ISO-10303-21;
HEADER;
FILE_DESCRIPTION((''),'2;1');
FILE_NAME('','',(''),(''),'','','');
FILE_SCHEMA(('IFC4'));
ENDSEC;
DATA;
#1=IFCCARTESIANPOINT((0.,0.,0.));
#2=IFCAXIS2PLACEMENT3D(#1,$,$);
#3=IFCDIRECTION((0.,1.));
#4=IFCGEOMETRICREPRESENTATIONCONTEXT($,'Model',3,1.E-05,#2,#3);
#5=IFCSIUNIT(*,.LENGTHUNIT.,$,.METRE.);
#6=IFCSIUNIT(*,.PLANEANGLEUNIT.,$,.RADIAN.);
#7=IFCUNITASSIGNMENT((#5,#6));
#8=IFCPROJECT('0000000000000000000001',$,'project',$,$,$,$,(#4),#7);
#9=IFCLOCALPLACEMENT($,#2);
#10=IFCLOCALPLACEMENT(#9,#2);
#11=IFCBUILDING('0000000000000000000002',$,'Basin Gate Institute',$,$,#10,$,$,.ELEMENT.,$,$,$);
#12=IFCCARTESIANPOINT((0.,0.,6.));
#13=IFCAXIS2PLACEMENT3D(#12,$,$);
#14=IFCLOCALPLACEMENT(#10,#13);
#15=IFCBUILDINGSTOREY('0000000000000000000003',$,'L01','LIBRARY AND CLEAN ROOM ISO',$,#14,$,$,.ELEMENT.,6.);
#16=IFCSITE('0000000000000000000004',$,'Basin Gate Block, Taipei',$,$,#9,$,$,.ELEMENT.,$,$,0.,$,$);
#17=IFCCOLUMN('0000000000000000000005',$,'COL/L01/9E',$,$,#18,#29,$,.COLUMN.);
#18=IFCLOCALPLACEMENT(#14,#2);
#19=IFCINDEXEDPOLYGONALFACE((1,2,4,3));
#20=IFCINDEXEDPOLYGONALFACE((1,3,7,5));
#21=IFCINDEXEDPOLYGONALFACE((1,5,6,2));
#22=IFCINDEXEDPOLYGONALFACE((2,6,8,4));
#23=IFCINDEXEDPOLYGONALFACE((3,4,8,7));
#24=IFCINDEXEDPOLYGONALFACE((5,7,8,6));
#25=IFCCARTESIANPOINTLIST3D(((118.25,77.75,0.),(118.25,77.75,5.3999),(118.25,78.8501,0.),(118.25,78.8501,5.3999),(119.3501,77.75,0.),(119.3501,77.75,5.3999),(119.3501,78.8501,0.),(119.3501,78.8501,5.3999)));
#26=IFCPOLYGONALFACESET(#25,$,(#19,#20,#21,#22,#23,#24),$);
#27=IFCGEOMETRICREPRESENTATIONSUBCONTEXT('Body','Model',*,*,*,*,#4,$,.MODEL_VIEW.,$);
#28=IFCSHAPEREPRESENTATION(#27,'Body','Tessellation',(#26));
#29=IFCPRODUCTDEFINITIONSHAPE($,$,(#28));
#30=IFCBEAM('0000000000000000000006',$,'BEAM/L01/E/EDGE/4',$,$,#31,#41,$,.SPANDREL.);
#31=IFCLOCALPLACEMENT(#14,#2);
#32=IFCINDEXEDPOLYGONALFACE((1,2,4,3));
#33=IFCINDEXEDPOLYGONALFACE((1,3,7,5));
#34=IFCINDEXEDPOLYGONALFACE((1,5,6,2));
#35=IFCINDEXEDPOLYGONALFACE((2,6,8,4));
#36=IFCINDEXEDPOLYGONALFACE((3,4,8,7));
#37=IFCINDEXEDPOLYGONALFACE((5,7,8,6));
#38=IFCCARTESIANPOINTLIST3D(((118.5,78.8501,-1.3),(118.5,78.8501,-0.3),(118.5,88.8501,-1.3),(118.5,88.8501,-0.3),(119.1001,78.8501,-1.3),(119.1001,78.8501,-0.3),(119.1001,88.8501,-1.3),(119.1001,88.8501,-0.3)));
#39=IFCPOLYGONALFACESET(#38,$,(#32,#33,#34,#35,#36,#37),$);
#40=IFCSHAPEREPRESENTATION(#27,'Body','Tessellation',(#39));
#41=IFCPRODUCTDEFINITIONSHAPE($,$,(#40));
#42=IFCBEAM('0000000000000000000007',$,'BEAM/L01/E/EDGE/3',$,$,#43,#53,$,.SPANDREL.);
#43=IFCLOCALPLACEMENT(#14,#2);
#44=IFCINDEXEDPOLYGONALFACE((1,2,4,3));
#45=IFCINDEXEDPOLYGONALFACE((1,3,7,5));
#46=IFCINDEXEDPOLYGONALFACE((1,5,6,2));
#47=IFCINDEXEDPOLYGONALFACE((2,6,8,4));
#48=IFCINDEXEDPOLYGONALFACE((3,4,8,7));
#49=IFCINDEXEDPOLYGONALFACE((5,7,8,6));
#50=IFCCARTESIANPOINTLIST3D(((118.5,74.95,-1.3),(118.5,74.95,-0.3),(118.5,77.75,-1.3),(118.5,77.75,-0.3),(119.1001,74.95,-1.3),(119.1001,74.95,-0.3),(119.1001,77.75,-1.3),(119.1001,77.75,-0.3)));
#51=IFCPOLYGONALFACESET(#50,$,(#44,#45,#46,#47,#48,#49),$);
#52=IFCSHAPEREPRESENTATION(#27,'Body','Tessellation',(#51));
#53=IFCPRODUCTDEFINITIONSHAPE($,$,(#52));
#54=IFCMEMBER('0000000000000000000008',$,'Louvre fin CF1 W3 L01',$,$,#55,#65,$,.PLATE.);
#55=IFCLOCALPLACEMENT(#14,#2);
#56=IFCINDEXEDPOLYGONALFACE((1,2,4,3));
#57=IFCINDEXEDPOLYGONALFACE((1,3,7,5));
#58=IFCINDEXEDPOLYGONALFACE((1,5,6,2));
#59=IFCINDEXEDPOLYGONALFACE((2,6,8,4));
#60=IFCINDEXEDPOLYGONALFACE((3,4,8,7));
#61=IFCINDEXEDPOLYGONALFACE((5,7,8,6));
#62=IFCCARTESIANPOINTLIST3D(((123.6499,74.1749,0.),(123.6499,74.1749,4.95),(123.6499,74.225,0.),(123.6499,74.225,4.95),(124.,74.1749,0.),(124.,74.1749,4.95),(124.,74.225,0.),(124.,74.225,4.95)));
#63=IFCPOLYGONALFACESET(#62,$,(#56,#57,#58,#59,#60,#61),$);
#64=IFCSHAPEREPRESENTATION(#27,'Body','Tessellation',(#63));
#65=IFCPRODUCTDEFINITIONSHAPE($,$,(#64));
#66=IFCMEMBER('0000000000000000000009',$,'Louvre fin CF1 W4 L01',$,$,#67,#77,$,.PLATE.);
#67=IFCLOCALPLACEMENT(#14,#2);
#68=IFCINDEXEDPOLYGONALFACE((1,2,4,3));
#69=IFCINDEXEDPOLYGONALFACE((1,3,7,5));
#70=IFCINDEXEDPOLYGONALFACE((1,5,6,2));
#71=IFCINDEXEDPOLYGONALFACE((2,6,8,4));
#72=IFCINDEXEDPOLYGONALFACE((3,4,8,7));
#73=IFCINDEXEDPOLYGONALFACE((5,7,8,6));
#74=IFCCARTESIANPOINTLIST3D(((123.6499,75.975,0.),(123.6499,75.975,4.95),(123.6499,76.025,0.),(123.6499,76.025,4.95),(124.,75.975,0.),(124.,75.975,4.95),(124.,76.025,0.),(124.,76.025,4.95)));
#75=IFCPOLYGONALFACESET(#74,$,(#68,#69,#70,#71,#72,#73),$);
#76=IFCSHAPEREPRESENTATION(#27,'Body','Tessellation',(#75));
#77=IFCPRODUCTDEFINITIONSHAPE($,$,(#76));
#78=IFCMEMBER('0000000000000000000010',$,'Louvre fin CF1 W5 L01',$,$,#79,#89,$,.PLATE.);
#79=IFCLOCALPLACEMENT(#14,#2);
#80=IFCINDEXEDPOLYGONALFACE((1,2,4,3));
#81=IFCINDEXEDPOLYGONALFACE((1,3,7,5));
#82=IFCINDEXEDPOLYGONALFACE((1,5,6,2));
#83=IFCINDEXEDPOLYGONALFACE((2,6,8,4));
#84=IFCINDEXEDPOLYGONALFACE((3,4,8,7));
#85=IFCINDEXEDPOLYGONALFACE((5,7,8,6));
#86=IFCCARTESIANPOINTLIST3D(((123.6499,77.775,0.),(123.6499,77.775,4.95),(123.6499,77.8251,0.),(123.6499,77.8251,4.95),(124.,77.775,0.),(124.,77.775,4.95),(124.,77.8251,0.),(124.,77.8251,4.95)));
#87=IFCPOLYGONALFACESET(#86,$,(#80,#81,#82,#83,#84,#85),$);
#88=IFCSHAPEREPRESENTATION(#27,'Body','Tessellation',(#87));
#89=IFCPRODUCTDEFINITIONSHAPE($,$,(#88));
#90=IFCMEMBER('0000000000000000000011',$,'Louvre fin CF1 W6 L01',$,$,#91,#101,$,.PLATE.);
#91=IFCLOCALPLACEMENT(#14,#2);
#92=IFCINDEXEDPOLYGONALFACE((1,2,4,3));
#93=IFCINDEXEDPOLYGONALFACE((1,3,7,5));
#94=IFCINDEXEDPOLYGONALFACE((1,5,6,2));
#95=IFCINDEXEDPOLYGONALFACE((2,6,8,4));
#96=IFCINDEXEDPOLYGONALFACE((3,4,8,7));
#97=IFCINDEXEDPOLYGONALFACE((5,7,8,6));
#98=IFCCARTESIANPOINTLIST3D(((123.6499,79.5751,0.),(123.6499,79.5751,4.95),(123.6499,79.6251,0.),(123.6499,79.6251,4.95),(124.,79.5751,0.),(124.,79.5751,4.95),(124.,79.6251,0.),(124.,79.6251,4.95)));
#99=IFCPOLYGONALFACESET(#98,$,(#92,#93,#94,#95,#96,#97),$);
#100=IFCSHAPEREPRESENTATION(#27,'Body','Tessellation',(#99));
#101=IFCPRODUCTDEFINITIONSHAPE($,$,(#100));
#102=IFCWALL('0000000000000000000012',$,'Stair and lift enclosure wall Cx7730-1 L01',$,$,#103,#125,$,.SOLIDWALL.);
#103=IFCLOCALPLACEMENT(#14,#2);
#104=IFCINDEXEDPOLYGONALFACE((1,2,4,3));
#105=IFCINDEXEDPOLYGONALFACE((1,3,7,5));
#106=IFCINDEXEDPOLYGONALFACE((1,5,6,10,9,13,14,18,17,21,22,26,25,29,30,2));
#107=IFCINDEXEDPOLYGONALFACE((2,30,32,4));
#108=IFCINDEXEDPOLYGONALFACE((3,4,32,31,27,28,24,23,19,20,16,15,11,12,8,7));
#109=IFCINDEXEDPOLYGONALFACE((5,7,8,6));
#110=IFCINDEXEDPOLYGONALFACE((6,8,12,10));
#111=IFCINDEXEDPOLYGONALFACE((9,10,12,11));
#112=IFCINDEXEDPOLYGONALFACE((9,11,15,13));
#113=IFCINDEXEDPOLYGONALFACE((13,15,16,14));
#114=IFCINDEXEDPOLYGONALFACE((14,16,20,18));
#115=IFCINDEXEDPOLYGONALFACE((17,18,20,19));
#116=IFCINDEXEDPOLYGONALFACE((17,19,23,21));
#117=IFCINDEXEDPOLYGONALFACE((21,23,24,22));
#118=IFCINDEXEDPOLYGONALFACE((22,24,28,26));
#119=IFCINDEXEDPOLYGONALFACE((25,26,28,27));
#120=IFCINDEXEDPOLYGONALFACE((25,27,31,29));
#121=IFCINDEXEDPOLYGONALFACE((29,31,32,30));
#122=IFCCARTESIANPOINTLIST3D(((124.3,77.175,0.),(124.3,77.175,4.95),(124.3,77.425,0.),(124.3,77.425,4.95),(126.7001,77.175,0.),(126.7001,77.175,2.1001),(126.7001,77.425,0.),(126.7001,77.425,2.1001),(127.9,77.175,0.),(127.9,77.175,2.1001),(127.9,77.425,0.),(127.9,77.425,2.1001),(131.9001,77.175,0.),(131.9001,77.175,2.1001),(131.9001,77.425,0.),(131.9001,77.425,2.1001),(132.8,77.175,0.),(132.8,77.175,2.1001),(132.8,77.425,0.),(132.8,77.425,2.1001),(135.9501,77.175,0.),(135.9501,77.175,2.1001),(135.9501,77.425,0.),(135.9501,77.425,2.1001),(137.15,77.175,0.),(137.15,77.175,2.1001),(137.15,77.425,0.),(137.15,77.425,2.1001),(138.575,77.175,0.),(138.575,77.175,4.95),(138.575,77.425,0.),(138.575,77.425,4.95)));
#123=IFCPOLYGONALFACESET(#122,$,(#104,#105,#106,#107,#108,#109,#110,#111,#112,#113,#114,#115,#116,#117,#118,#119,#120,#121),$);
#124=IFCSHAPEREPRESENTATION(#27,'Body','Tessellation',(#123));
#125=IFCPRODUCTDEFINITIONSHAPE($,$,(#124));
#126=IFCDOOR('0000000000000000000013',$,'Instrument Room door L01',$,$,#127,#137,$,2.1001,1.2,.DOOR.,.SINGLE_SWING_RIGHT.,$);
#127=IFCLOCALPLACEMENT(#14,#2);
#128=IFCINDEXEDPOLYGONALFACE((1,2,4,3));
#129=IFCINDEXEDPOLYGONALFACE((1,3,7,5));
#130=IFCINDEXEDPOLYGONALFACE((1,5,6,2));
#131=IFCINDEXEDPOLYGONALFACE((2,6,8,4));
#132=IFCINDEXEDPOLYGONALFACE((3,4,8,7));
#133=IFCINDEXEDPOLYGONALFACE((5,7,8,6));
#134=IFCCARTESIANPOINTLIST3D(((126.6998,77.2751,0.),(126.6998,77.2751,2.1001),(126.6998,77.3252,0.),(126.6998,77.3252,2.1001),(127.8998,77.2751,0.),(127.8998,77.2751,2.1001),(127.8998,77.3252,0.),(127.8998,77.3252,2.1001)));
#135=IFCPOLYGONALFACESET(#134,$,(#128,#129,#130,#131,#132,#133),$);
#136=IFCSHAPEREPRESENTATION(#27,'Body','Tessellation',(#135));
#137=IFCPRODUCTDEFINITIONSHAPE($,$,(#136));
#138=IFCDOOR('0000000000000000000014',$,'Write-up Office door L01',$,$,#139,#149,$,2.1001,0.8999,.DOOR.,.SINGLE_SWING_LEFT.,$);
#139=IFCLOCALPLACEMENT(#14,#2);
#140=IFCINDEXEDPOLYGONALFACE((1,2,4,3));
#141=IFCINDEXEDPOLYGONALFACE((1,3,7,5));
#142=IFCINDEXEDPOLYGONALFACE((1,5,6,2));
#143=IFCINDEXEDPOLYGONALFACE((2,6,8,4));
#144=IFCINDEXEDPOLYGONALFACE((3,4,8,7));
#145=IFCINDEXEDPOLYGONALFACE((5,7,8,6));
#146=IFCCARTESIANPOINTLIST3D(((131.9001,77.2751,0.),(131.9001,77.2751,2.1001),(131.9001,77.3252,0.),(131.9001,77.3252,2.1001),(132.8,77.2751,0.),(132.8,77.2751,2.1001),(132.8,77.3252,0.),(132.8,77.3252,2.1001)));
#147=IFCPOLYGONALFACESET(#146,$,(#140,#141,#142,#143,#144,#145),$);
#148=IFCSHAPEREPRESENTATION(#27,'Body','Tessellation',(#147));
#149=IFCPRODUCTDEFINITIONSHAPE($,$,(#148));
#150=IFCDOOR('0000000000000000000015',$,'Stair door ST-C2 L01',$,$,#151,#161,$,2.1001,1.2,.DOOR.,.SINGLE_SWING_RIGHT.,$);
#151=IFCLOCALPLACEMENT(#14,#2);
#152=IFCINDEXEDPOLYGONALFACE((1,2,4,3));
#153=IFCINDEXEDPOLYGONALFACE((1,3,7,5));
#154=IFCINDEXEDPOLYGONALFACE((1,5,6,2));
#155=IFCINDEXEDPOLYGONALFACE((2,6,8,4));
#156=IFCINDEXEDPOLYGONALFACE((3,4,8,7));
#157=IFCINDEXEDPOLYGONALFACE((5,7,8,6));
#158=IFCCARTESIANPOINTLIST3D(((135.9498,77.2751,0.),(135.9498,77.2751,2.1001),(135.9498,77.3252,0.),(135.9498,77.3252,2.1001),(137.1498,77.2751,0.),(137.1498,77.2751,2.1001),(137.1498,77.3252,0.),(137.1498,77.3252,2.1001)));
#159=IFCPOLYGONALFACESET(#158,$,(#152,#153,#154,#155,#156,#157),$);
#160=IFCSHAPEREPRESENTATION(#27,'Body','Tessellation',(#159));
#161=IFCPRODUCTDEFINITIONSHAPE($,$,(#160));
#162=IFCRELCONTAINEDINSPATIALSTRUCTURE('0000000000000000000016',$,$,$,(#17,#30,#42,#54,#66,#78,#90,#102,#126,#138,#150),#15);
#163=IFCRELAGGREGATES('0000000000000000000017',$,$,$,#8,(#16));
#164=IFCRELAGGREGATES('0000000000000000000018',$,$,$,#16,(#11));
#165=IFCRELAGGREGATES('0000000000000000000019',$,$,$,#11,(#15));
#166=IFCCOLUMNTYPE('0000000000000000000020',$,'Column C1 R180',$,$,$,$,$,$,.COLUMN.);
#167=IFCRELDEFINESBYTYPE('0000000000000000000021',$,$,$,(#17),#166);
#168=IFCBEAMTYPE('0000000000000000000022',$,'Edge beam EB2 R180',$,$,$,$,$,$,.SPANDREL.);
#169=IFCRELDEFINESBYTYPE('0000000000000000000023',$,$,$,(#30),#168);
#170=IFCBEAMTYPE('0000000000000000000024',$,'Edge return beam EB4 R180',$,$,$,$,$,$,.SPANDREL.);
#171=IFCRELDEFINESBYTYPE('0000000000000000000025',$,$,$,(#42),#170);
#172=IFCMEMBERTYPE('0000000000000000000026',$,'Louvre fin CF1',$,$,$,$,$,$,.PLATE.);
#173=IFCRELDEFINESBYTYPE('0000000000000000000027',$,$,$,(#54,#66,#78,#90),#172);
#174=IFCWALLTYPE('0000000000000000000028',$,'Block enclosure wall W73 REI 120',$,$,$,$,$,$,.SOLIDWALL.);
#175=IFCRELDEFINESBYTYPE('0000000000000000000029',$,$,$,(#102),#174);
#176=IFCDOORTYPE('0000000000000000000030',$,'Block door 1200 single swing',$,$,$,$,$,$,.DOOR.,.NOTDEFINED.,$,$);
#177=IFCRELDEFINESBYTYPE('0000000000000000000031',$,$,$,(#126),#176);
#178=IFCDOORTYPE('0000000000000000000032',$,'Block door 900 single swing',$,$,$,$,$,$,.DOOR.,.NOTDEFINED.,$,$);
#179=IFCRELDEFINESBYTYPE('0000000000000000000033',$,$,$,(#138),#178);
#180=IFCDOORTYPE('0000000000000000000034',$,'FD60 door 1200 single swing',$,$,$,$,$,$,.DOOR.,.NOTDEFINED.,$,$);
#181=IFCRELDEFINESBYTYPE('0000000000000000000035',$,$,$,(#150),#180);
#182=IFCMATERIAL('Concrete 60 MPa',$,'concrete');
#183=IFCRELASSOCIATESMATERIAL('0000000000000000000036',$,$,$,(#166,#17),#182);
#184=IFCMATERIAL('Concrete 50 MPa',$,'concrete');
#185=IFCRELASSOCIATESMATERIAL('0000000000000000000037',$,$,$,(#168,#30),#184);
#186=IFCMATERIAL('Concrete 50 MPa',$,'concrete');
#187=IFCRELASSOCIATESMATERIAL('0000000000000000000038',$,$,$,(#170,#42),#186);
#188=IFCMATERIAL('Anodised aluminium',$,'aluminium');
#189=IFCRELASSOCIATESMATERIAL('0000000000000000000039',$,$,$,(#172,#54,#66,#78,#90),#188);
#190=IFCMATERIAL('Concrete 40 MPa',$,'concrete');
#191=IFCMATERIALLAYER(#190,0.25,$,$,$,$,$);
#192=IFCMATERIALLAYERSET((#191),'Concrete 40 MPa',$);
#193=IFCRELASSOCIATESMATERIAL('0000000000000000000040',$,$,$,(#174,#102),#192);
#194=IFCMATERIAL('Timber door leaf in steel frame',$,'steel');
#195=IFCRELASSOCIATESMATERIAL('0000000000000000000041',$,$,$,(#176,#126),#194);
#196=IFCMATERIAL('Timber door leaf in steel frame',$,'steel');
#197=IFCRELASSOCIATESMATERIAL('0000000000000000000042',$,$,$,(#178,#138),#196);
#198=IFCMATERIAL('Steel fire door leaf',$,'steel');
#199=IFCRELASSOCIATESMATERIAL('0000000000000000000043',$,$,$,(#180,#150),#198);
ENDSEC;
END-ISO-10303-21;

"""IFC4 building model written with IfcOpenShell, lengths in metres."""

from ifc_helpers import new_model, si_unit, direction, frame, frame_2d, origin, origin_2d, place, context, subcontext, project, spatial, rectangle, extrude, material, layer, layer_set, material_profile, profile_set, type_object, element, fill, save


model = new_model("IFC4")

# Units and contexts
model_context = context("Model", 3, precision=1e-05, world=origin(), true_north=direction((0.0, 1.0)))
body_context = subcontext(model_context, "Body", "Model", "MODEL_VIEW")
ifc_project = project(units=[si_unit("LENGTHUNIT", "METRE"), si_unit("PLANEANGLEUNIT", "RADIAN")], contexts=[model_context])

# Site, building, storey
site_placement = place(None, origin())
site = spatial("IfcSite", under=ifc_project, at=site_placement, Name="Basin Gate Block, Taipei", CompositionType="ELEMENT", RefElevation=0.0)
building_placement = place(site_placement, origin())
building = spatial("IfcBuilding", under=site, at=building_placement, Name="Basin Gate Institute", CompositionType="ELEMENT")
storey_placement = place(building_placement, frame((0.0, 0.0, 6.0)))
storey = spatial("IfcBuildingStorey", under=building, at=storey_placement, Name="L01", Description="LIBRARY AND CLEAN ROOM ISO", CompositionType="ELEMENT", Elevation=6.0)

# Column
ifc_material_1 = material(Name="Concrete 60 MPa", Category="concrete")
ifc_material_profile_1 = material_profile(ifc_material_1, rectangle(XDim=1.1001, YDim=1.1001, at=origin_2d()), Name="Column C1 1100 x 1100")
ifc_profile_set_1 = profile_set([ifc_material_profile_1], Name="Concrete 60 MPa")
column_type = type_object("IfcColumnType", Name="Column C1 R180", PredefinedType="COLUMN", material=ifc_profile_set_1)
column_placement = place(storey_placement, frame((118.8, 78.3, 0.0), z_axis=(0.0, 0.0, 1.0), x_axis=(1.0, 0.0, 0.0)))
element("IfcColumn", 1, at=column_placement, inside=storey, type_object=column_type, material=ifc_profile_set_1, Name="COL/L01/9E", PredefinedType="COLUMN", context=body_context, shape_type="SweptSolid", body=[
    extrude(rectangle(XDim=1.1001, YDim=1.1001, at=origin_2d()), origin(), (0.0, 0.0, 1.0), 5.3999),
])

# Beams
ifc_material_2 = material(Name="Concrete 50 MPa", Category="concrete")
ifc_material_profile_2 = material_profile(ifc_material_2, rectangle(XDim=0.6001, YDim=1.0, at=origin_2d()), Name="Edge beam EB2 600 x 1000")
ifc_profile_set_2 = profile_set([ifc_material_profile_2], Name="Concrete 50 MPa")
beam_type_1 = type_object("IfcBeamType", Name="Edge beam EB2 R180", PredefinedType="SPANDREL", material=ifc_profile_set_2)
beam_1_placement = place(storey_placement, frame((118.8, 78.8501, -0.8), z_axis=(0.0, 1.0, 0.0), x_axis=(-1.0, 0.0, 0.0)))
element("IfcBeam", 2, at=beam_1_placement, inside=storey, type_object=beam_type_1, material=ifc_profile_set_2, Name="BEAM/L01/E/EDGE/4", PredefinedType="SPANDREL", context=body_context, shape_type="SweptSolid", body=[
    extrude(rectangle(XDim=0.6001, YDim=1.0, at=origin_2d()), origin(), (0.0, 0.0, 1.0), 10.0),
])
ifc_material_3 = material(Name="Concrete 50 MPa", Category="concrete")
ifc_material_profile_3 = material_profile(ifc_material_3, rectangle(XDim=0.6001, YDim=1.0, at=origin_2d()), Name="Edge return beam EB4 600 x 1000")
ifc_profile_set_3 = profile_set([ifc_material_profile_3], Name="Concrete 50 MPa")
beam_type_2 = type_object("IfcBeamType", Name="Edge return beam EB4 R180", PredefinedType="SPANDREL", material=ifc_profile_set_3)
beam_2_placement = place(storey_placement, frame((118.8, 74.95, -0.8), z_axis=(0.0, 1.0, 0.0), x_axis=(-1.0, 0.0, 0.0)))
element("IfcBeam", 3, at=beam_2_placement, inside=storey, type_object=beam_type_2, material=ifc_profile_set_3, Name="BEAM/L01/E/EDGE/3", PredefinedType="SPANDREL", context=body_context, shape_type="SweptSolid", body=[
    extrude(rectangle(XDim=0.6001, YDim=1.0, at=origin_2d()), origin(), (0.0, 0.0, 1.0), 2.8),
])

# Members
ifc_material_4 = material(Name="Anodised aluminium", Category="aluminium")
ifc_material_profile_4 = material_profile(ifc_material_4, rectangle(XDim=0.05, YDim=0.3501, at=origin_2d()), Name="Louvre fin CF1 50 x 350")
ifc_profile_set_4 = profile_set([ifc_material_profile_4], Name="Anodised aluminium")
member_type = type_object("IfcMemberType", Name="Louvre fin CF1", PredefinedType="PLATE", material=ifc_profile_set_4)
for number, where, z_axis, x_axis, name in (
    (4, (123.825, 74.2, 0.0), (0.0, 0.0, 1.0), (0.0, 1.0, 0.0), "Louvre fin CF1 W3 L01"),
    (5, (123.825, 76.0, 0.0), (0.0, 0.0, 1.0), (0.0, 1.0, 0.0), "Louvre fin CF1 W4 L01"),
    (6, (123.825, 77.8, 0.0), (0.0, 0.0, 1.0), (0.0, 1.0, 0.0), "Louvre fin CF1 W5 L01"),
    (7, (123.825, 79.6001, 0.0), (0.0, 0.0, 1.0), (0.0, 1.0, 0.0), "Louvre fin CF1 W6 L01"),
):
    element("IfcMember", number, at=place(storey_placement, frame(where, z_axis=z_axis, x_axis=x_axis)), inside=storey, type_object=member_type, material=ifc_profile_set_4, Name=name, PredefinedType="PLATE", context=body_context, shape_type="SweptSolid", body=[
        extrude(rectangle(XDim=0.05, YDim=0.3501, at=origin_2d()), origin(), (0.0, 0.0, 1.0), 4.95),
    ])

# Wall, openings, doors
ifc_material_5 = material(Name="Concrete 40 MPa", Category="concrete")
ifc_layer_1 = layer(ifc_material_5, 0.25)
ifc_layer_set_1 = layer_set([ifc_layer_1], Name="Concrete 40 MPa")
wall_type_1 = type_object("IfcWallType", Name="Block enclosure wall W73 REI 120", PredefinedType="SOLIDWALL", material=ifc_layer_set_1)
wall_1_placement = place(storey_placement, frame((124.3, 77.3, 0.0), z_axis=(0.0, 0.0, 1.0), x_axis=(1.0, 0.0, 0.0)))
wall_1 = element("IfcWall", 8, at=wall_1_placement, inside=storey, type_object=wall_type_1, material=ifc_layer_set_1, Name="Stair and lift enclosure wall Cx7730-1 L01", PredefinedType="SOLIDWALL", context=body_context, shape_type="SweptSolid", body=[
    extrude(rectangle(XDim=14.2749, YDim=0.25, at=frame_2d((7.1375, 0.0))), origin(), (0.0, 0.0, 1.0), 4.95),
])
opening_1_placement = place(wall_1_placement, frame((2.3999, 0.0, 0.0)))
opening_1 = element("IfcOpeningElement", 9, at=opening_1_placement, cuts=wall_1, PredefinedType="OPENING", context=body_context, shape_type="SweptSolid", body=[
    extrude(rectangle(XDim=1.2, YDim=2.1001, at=frame_2d((0.6001, 1.05))), frame((0.0, 0.135, 0.0), z_axis=(0.0, -1.0, 0.0), x_axis=(1.0, 0.0, 0.0)), (0.0, 0.0, 1.0), 0.27),
])
opening_2_placement = place(wall_1_placement, frame((7.6001, 0.0, 0.0)))
opening_2 = element("IfcOpeningElement", 10, at=opening_2_placement, cuts=wall_1, PredefinedType="OPENING", context=body_context, shape_type="SweptSolid", body=[
    extrude(rectangle(XDim=0.8999, YDim=2.1001, at=frame_2d((0.45, 1.05))), frame((0.0, 0.135, 0.0), z_axis=(0.0, -1.0, 0.0), x_axis=(1.0, 0.0, 0.0)), (0.0, 0.0, 1.0), 0.27),
])
opening_3_placement = place(wall_1_placement, frame((11.6499, 0.0, 0.0)))
opening_3 = element("IfcOpeningElement", 11, at=opening_3_placement, cuts=wall_1, PredefinedType="OPENING", context=body_context, shape_type="SweptSolid", body=[
    extrude(rectangle(XDim=1.2, YDim=2.1001, at=frame_2d((0.6001, 1.05))), frame((0.0, 0.135, 0.0), z_axis=(0.0, -1.0, 0.0), x_axis=(1.0, 0.0, 0.0)), (0.0, 0.0, 1.0), 0.27),
])
ifc_material_6 = material(Name="Timber door leaf in steel frame", Category="steel")
door_type_1 = type_object("IfcDoorType", Name="Block door 1200 single swing", OperationType="NOTDEFINED", PredefinedType="DOOR", material=ifc_material_6)
door_1_placement = place(opening_1_placement, frame((1.2, 0.0, 0.0), z_axis=(0.0, 0.0, 1.0), x_axis=(-1.0, 0.0, 0.0)))
door_1 = element("IfcDoor", 12, at=door_1_placement, inside=storey, type_object=door_type_1, material=ifc_material_6, Name="Instrument Room door L01", OperationType="SINGLE_SWING_RIGHT", OverallHeight=2.1001, OverallWidth=1.2, PredefinedType="DOOR", context=body_context, shape_type="SweptSolid", body=[
    extrude(rectangle(XDim=1.2, YDim=2.1001, at=frame_2d((0.6001, 1.05))), frame((0.0, 0.0249, 0.0), z_axis=(0.0, -1.0, 0.0), x_axis=(1.0, 0.0, 0.0)), (0.0, 0.0, 1.0), 0.05),
])
fill(opening_1, door_1)
ifc_material_7 = material(Name="Timber door leaf in steel frame", Category="steel")
door_type_2 = type_object("IfcDoorType", Name="Block door 900 single swing", OperationType="NOTDEFINED", PredefinedType="DOOR", material=ifc_material_7)
door_2_placement = place(opening_2_placement, frame((0.8999, 0.0, 0.0), z_axis=(0.0, 0.0, 1.0), x_axis=(-1.0, 0.0, 0.0)))
door_2 = element("IfcDoor", 13, at=door_2_placement, inside=storey, type_object=door_type_2, material=ifc_material_7, Name="Write-up Office door L01", OperationType="SINGLE_SWING_LEFT", OverallHeight=2.1001, OverallWidth=0.8999, PredefinedType="DOOR", context=body_context, shape_type="SweptSolid", body=[
    extrude(rectangle(XDim=0.8999, YDim=2.1001, at=frame_2d((0.45, 1.05))), frame((0.0, 0.0249, 0.0), z_axis=(0.0, -1.0, 0.0), x_axis=(1.0, 0.0, 0.0)), (0.0, 0.0, 1.0), 0.05),
])
fill(opening_2, door_2)
ifc_material_8 = material(Name="Steel fire door leaf", Category="steel")
door_type_3 = type_object("IfcDoorType", Name="FD60 door 1200 single swing", OperationType="NOTDEFINED", PredefinedType="DOOR", material=ifc_material_8)
door_3_placement = place(opening_3_placement, frame((1.2, 0.0, 0.0), z_axis=(0.0, 0.0, 1.0), x_axis=(-1.0, 0.0, 0.0)))
door_3 = element("IfcDoor", 14, at=door_3_placement, inside=storey, type_object=door_type_3, material=ifc_material_8, Name="Stair door ST-C2 L01", OperationType="SINGLE_SWING_RIGHT", OverallHeight=2.1001, OverallWidth=1.2, PredefinedType="DOOR", context=body_context, shape_type="SweptSolid", body=[
    extrude(rectangle(XDim=1.2, YDim=2.1001, at=frame_2d((0.6001, 1.05))), frame((0.0, 0.0249, 0.0), z_axis=(0.0, -1.0, 0.0), x_axis=(1.0, 0.0, 0.0)), (0.0, 0.0, 1.0), 0.05),
])
fill(opening_3, door_3)

save(model, "model.ifc")
